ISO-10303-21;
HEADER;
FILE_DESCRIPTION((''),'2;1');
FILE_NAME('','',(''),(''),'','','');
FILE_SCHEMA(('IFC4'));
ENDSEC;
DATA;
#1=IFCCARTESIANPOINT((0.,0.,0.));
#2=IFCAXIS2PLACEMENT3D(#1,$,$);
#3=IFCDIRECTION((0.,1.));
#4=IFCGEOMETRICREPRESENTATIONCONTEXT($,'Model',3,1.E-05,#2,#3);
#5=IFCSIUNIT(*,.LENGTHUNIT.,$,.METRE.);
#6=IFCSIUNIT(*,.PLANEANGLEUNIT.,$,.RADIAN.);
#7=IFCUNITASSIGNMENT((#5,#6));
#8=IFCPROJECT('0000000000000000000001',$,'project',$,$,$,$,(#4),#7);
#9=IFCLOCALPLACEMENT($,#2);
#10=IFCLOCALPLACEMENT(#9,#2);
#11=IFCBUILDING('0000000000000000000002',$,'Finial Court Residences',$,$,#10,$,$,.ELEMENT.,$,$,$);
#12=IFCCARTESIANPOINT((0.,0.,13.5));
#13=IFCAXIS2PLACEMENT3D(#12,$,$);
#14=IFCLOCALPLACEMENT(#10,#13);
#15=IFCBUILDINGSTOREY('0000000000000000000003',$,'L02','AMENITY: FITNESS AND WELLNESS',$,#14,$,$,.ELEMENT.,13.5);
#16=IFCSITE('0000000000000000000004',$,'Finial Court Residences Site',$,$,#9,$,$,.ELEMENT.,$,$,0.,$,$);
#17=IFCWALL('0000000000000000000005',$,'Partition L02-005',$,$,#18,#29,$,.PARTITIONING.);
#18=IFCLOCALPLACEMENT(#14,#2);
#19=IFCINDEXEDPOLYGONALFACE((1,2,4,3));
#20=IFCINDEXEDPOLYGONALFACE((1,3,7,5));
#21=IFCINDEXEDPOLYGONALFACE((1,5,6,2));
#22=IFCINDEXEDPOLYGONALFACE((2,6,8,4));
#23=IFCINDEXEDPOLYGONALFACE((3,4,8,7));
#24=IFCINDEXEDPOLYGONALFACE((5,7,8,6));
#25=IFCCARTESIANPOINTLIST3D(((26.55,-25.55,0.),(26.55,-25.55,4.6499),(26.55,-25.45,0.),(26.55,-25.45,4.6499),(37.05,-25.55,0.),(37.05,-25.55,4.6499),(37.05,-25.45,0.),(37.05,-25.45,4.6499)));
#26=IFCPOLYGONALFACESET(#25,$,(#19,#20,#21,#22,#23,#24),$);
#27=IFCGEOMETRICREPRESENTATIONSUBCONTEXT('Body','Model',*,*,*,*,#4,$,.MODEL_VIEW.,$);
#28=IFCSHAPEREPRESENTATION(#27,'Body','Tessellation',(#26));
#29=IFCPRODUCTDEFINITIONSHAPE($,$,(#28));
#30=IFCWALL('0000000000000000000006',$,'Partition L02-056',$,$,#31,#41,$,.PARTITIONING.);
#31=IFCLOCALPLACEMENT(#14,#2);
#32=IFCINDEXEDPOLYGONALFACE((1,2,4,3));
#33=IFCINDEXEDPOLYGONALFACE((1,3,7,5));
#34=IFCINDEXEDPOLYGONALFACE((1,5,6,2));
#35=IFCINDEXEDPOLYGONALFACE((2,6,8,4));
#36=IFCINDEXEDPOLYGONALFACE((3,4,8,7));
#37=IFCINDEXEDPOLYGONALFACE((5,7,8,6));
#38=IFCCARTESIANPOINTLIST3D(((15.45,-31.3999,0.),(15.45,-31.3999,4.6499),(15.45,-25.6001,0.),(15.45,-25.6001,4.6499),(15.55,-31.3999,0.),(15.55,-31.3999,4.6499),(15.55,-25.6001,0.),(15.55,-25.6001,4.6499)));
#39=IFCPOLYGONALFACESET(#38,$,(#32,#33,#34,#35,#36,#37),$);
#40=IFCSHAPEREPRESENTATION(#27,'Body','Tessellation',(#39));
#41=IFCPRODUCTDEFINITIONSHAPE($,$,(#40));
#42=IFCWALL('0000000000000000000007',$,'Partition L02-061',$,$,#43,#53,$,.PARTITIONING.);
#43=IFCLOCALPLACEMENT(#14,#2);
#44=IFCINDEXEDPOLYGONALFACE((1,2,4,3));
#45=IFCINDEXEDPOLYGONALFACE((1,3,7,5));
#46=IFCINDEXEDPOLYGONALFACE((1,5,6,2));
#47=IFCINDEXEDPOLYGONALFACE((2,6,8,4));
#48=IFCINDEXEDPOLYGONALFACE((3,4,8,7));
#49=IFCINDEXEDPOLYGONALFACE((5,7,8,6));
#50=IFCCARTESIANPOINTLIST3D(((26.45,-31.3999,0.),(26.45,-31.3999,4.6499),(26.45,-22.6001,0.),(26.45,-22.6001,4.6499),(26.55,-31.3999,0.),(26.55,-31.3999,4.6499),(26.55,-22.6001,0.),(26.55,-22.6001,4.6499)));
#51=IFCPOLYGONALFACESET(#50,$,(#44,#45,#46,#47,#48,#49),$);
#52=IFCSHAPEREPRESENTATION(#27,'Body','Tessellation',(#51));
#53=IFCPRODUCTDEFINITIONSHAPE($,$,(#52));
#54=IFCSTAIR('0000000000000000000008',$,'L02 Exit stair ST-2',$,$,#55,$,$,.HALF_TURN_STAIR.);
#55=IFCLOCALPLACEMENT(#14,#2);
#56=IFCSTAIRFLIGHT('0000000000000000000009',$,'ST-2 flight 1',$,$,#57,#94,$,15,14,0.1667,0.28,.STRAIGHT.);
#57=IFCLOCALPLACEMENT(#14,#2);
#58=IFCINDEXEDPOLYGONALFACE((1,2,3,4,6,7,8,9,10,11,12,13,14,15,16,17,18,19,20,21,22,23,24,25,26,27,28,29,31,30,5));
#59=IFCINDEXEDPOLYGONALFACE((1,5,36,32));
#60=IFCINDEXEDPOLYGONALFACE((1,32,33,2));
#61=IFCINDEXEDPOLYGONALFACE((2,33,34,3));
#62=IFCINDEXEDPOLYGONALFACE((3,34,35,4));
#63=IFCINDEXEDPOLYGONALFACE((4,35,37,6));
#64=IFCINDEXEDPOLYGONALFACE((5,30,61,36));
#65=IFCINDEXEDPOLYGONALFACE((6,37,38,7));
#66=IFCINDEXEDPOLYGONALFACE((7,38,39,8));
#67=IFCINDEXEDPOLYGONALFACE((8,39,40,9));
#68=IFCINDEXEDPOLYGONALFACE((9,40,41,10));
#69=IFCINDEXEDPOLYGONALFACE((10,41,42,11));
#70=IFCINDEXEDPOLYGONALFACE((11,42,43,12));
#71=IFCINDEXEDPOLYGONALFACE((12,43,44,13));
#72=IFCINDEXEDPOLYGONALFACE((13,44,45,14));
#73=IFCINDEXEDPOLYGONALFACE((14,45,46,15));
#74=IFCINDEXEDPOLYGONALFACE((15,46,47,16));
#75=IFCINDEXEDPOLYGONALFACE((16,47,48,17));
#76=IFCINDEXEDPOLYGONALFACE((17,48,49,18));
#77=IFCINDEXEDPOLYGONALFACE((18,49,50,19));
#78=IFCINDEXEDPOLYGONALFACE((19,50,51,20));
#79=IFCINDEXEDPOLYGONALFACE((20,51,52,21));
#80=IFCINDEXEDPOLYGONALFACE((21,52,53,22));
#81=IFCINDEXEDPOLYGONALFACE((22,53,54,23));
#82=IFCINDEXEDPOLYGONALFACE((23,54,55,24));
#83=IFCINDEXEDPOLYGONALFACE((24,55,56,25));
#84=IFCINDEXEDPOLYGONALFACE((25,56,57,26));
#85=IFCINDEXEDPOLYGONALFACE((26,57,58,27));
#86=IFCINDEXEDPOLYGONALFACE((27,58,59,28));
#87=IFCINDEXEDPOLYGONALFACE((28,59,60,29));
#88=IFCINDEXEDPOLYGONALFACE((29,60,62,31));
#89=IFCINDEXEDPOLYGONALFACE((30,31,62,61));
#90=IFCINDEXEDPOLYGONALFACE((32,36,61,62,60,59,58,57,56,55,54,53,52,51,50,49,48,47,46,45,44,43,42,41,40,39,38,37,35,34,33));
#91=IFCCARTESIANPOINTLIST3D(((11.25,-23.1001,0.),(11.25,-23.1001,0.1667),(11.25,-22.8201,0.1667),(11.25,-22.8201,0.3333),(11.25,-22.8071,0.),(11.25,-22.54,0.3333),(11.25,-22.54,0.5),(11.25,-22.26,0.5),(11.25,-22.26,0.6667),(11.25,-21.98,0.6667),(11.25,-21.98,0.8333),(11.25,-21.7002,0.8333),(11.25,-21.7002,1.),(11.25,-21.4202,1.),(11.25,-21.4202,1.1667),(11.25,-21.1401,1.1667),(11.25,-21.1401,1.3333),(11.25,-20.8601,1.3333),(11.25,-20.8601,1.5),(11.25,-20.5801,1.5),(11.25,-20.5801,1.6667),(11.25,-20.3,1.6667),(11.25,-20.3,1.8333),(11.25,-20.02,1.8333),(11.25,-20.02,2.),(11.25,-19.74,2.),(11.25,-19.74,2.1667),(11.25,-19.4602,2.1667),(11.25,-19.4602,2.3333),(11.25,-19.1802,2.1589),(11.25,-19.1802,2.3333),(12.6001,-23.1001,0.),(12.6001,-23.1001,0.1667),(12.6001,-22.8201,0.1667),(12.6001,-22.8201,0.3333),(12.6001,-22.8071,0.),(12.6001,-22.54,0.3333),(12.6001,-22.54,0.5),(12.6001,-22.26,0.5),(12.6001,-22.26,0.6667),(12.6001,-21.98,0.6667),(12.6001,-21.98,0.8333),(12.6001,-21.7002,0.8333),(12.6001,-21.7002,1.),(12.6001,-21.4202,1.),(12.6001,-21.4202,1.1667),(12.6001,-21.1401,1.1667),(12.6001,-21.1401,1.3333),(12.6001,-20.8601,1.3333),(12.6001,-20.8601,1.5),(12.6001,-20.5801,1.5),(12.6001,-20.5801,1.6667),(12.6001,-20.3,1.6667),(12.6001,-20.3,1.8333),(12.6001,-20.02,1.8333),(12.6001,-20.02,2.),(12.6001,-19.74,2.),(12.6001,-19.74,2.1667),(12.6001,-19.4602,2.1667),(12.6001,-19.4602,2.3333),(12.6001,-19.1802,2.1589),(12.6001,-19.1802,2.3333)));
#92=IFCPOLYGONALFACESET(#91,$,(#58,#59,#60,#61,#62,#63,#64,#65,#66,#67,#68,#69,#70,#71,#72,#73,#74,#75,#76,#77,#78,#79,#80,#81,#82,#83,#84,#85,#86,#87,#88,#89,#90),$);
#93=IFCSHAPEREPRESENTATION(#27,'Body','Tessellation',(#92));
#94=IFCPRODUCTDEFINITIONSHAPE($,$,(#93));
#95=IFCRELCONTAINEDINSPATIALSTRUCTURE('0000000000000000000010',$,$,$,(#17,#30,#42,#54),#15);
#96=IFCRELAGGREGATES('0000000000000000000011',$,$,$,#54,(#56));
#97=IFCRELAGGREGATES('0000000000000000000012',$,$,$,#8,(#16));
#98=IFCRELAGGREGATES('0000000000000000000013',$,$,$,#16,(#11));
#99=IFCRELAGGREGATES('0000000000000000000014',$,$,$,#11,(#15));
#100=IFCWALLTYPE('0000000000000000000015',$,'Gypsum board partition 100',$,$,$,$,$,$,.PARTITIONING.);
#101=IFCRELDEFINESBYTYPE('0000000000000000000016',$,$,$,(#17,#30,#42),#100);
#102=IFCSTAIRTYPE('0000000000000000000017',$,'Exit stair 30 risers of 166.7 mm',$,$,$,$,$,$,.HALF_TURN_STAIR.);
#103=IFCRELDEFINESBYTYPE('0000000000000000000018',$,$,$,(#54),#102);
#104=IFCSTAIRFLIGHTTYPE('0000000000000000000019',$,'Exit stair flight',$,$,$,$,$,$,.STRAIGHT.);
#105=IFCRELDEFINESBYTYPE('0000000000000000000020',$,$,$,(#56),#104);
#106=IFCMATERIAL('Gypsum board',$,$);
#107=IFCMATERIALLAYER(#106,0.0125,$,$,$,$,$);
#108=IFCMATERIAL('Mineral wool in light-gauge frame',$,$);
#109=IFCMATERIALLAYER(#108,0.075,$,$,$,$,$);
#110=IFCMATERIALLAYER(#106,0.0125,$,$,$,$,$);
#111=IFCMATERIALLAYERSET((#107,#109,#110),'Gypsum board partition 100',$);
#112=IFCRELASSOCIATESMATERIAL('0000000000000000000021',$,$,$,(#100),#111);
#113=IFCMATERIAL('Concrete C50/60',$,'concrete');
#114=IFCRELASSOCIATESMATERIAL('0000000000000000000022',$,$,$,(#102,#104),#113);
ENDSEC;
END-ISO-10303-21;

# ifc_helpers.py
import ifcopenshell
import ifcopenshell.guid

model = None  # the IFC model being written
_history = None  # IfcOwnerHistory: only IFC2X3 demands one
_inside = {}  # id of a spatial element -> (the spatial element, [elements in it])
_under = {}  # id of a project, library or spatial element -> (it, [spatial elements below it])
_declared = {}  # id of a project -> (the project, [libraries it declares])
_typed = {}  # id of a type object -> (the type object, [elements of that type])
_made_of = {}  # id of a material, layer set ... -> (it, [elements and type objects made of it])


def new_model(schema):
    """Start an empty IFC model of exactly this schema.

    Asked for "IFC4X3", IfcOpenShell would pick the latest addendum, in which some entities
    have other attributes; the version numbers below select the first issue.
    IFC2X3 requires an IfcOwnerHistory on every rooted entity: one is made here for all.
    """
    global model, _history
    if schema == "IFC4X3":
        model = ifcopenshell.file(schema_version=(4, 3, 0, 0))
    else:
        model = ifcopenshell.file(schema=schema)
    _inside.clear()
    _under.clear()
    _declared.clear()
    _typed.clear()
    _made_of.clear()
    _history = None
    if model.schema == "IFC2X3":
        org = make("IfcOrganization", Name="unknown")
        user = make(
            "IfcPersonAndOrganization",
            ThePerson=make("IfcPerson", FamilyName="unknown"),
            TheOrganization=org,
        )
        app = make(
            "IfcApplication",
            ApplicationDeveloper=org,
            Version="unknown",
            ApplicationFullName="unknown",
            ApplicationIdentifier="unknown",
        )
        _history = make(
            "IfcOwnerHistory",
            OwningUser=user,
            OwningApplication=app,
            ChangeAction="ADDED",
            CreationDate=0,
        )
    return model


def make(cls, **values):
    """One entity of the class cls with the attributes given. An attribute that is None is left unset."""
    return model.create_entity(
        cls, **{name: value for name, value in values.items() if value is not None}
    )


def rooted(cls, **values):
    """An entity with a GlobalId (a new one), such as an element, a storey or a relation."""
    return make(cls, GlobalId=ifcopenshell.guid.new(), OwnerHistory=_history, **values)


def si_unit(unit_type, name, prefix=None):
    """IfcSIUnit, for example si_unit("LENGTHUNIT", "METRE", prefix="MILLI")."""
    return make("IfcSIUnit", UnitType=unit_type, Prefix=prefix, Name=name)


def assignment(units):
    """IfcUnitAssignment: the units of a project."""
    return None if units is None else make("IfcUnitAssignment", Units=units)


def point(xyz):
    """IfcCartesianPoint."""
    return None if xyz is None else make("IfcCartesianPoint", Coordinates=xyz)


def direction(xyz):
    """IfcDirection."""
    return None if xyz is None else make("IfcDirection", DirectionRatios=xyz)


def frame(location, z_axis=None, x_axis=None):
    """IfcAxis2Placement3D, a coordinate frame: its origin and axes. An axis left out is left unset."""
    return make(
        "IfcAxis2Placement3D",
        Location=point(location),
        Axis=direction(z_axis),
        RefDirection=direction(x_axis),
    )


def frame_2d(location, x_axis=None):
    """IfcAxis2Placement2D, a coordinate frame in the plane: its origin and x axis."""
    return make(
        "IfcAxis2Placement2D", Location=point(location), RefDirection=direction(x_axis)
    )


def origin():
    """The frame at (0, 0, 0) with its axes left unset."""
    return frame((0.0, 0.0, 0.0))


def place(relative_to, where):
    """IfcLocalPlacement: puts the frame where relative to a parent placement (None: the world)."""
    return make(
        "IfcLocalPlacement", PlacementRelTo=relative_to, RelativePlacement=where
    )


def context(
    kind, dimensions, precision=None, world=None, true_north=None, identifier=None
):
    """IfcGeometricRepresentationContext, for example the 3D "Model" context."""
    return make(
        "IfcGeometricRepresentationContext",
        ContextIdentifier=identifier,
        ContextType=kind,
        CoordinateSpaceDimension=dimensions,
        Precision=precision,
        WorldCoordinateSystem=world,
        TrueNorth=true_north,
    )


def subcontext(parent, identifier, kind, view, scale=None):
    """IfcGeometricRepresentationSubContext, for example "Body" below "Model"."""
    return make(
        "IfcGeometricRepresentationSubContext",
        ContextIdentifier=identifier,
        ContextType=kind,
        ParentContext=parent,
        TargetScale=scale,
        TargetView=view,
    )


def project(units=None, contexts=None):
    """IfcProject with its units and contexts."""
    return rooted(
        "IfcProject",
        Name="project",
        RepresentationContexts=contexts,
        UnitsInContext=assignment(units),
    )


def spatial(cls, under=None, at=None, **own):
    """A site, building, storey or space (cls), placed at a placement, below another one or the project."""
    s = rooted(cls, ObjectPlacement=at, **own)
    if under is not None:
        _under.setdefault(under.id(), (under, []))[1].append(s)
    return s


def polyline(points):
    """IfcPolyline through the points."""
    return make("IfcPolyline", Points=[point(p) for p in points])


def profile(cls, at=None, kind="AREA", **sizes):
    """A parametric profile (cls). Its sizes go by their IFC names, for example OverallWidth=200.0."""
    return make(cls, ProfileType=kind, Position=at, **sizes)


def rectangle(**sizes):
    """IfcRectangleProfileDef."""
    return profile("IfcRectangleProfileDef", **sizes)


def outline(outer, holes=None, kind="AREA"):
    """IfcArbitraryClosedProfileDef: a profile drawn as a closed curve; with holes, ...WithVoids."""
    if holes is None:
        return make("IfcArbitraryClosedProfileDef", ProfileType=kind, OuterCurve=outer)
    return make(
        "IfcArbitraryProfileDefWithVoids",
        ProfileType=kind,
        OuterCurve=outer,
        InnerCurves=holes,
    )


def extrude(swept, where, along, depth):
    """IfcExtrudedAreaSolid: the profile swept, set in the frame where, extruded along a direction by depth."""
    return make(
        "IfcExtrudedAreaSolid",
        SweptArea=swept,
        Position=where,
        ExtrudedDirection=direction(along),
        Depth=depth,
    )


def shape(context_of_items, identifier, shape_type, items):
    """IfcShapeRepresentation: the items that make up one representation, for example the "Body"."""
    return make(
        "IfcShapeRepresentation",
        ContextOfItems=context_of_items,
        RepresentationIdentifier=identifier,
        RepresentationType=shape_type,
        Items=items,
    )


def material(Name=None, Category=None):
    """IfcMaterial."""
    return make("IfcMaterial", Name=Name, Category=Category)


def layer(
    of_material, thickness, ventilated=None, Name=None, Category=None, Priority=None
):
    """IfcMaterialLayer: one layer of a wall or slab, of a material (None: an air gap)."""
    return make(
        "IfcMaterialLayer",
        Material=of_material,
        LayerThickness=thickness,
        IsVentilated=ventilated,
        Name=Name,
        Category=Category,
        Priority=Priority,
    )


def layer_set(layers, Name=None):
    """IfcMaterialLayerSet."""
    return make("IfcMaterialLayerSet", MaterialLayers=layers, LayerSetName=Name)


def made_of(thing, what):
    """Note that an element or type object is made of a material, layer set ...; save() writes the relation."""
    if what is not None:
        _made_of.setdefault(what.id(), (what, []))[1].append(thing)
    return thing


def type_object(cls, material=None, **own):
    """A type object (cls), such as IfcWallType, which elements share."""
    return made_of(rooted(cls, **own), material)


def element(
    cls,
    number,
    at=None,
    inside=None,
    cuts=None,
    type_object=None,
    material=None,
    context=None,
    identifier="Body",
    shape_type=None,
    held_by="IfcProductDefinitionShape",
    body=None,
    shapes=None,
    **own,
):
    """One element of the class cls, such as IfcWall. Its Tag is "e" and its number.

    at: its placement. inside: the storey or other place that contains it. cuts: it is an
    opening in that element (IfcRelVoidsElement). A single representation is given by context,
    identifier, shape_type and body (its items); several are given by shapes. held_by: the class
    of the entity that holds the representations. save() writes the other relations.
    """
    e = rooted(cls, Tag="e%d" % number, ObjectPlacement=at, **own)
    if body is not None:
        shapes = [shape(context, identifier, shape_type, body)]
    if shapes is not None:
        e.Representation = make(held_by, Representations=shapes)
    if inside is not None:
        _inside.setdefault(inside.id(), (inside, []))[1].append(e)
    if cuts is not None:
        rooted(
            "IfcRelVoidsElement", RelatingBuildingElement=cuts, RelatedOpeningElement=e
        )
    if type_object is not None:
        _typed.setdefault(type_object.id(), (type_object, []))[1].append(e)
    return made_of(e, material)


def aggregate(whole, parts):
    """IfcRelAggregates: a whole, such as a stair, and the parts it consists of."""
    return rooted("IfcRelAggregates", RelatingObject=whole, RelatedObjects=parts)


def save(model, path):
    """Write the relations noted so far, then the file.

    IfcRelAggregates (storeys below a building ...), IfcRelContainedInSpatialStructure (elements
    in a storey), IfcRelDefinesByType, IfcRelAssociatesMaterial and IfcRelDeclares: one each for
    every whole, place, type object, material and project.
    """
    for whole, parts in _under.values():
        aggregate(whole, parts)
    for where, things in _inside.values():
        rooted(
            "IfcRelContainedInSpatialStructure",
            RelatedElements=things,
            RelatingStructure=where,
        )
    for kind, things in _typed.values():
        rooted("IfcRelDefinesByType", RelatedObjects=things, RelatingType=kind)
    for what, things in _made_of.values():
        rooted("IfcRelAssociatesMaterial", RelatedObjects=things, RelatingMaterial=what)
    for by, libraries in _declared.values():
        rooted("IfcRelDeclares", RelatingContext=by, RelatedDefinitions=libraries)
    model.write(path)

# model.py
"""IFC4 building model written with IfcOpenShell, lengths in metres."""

from ifc_helpers import new_model, si_unit, direction, frame, frame_2d, origin, place, context, subcontext, project, spatial, polyline, rectangle, outline, extrude, material, layer, layer_set, type_object, element, aggregate, save


model = new_model("IFC4")

# Units and contexts
model_context = context("Model", 3, precision=1e-05, world=origin(), true_north=direction((0.0, 1.0)))
body_context = subcontext(model_context, "Body", "Model", "MODEL_VIEW")
ifc_project = project(units=[si_unit("LENGTHUNIT", "METRE"), si_unit("PLANEANGLEUNIT", "RADIAN")], contexts=[model_context])

# Site, building, storey
site_placement = place(None, origin())
site = spatial("IfcSite", under=ifc_project, at=site_placement, Name="Finial Court Residences Site", CompositionType="ELEMENT", RefElevation=0.0)
building_placement = place(site_placement, origin())
building = spatial("IfcBuilding", under=site, at=building_placement, Name="Finial Court Residences", CompositionType="ELEMENT")
storey_placement = place(building_placement, frame((0.0, 0.0, 13.5)))
storey = spatial("IfcBuildingStorey", under=building, at=storey_placement, Name="L02", Description="AMENITY: FITNESS AND WELLNESS", CompositionType="ELEMENT", Elevation=13.5)

# Shared definitions
ifc_material_1 = material(Name="Concrete C50/60", Category="concrete")

# Shared definitions
ifc_material_2 = material(Name="Gypsum board")

# Walls
ifc_layer_1 = layer(ifc_material_2, 0.0125)
ifc_material_3 = material(Name="Mineral wool in light-gauge frame")
ifc_layer_2 = layer(ifc_material_3, 0.075)
ifc_layer_3 = layer(ifc_material_2, 0.0125)
ifc_layer_set_1 = layer_set([ifc_layer_1, ifc_layer_2, ifc_layer_3], Name="Gypsum board partition 100")
wall_type_1 = type_object("IfcWallType", Name="Gypsum board partition 100", PredefinedType="PARTITIONING", material=ifc_layer_set_1)
wall_1_placement = place(storey_placement, frame((26.55, -25.5, 0.0), z_axis=(0.0, 0.0, 1.0), x_axis=(1.0, 0.0, 0.0)))
element("IfcWall", 1, at=wall_1_placement, inside=storey, type_object=wall_type_1, Name="Partition L02-005", PredefinedType="PARTITIONING", context=body_context, shape_type="SweptSolid", body=[
    extrude(rectangle(XDim=10.5, YDim=0.1001, at=frame_2d((5.25, 0.0))), origin(), (0.0, 0.0, 1.0), 4.6499),
])
wall_2_placement = place(storey_placement, frame((15.5, -31.3999, 0.0), z_axis=(0.0, 0.0, 1.0), x_axis=(0.0, 1.0, 0.0)))
element("IfcWall", 2, at=wall_2_placement, inside=storey, type_object=wall_type_1, Name="Partition L02-056", PredefinedType="PARTITIONING", context=body_context, shape_type="SweptSolid", body=[
    extrude(rectangle(XDim=5.7998, YDim=0.1001, at=frame_2d((2.8999, 0.0))), origin(), (0.0, 0.0, 1.0), 4.6499),
])
wall_3_placement = place(storey_placement, frame((26.5, -31.3999, 0.0), z_axis=(0.0, 0.0, 1.0), x_axis=(0.0, 1.0, 0.0)))
element("IfcWall", 3, at=wall_3_placement, inside=storey, type_object=wall_type_1, Name="Partition L02-061", PredefinedType="PARTITIONING", context=body_context, shape_type="SweptSolid", body=[
    extrude(rectangle(XDim=8.7998, YDim=0.1001, at=frame_2d((4.3999, 0.0))), origin(), (0.0, 0.0, 1.0), 4.6499),
])

# Stair, stair flight
stair_type = type_object("IfcStairType", Name="Exit stair 30 risers of 166.7 mm", PredefinedType="HALF_TURN_STAIR", material=ifc_material_1)
stair_placement = place(storey_placement, origin())
stair = element("IfcStair", 4, at=stair_placement, inside=storey, type_object=stair_type, Name="L02 Exit stair ST-2", PredefinedType="HALF_TURN_STAIR")
stair_flight_type = type_object("IfcStairFlightType", Name="Exit stair flight", PredefinedType="STRAIGHT", material=ifc_material_1)
stair_flight_placement = place(storey_placement, frame((11.925, -23.1001, 0.0), z_axis=(0.0, 0.0, 1.0), x_axis=(0.0, 1.0, 0.0)))
stair_flight = element("IfcStairFlight", 5, at=stair_flight_placement, type_object=stair_flight_type, Name="ST-2 flight 1", NumberOfRisers=15, NumberOfTreads=14, PredefinedType="STRAIGHT", RiserHeight=0.1667, TreadLength=0.28, context=body_context, shape_type="SweptSolid", body=[
    extrude(outline(polyline([(0.0, 0.0), (0.0, 0.1667), (0.28, 0.1667), (0.28, 0.3333), (0.5601, 0.3333), (0.5601, 0.5), (0.8401, 0.5), (0.8401, 0.6667), (1.1201, 0.6667), (1.1201, 0.8333), (1.3999, 0.8333), (1.3999, 1.0), (1.6799, 1.0), (1.6799, 1.1667), (1.96, 1.1667), (1.96, 1.3333), (2.24, 1.3333), (2.24, 1.5), (2.52, 1.5), (2.52, 1.6667), (2.8, 1.6667), (2.8, 1.8333), (3.0801, 1.8333), (3.0801, 2.0), (3.3601, 2.0), (3.3601, 2.1667), (3.6399, 2.1667), (3.6399, 2.3333), (3.9199, 2.3333), (3.9199, 2.5), (3.9199, 2.1589), (0.293, 0.0), (0.0, 0.0)])), frame((0.0, 0.675, 0.0), z_axis=(0.0, -1.0, 0.0), x_axis=(1.0, 0.0, 0.0)), (0.0, 0.0, 1.0), 1.3501),
])
aggregate(stair, [stair_flight])

save(model, "model.ifc")
